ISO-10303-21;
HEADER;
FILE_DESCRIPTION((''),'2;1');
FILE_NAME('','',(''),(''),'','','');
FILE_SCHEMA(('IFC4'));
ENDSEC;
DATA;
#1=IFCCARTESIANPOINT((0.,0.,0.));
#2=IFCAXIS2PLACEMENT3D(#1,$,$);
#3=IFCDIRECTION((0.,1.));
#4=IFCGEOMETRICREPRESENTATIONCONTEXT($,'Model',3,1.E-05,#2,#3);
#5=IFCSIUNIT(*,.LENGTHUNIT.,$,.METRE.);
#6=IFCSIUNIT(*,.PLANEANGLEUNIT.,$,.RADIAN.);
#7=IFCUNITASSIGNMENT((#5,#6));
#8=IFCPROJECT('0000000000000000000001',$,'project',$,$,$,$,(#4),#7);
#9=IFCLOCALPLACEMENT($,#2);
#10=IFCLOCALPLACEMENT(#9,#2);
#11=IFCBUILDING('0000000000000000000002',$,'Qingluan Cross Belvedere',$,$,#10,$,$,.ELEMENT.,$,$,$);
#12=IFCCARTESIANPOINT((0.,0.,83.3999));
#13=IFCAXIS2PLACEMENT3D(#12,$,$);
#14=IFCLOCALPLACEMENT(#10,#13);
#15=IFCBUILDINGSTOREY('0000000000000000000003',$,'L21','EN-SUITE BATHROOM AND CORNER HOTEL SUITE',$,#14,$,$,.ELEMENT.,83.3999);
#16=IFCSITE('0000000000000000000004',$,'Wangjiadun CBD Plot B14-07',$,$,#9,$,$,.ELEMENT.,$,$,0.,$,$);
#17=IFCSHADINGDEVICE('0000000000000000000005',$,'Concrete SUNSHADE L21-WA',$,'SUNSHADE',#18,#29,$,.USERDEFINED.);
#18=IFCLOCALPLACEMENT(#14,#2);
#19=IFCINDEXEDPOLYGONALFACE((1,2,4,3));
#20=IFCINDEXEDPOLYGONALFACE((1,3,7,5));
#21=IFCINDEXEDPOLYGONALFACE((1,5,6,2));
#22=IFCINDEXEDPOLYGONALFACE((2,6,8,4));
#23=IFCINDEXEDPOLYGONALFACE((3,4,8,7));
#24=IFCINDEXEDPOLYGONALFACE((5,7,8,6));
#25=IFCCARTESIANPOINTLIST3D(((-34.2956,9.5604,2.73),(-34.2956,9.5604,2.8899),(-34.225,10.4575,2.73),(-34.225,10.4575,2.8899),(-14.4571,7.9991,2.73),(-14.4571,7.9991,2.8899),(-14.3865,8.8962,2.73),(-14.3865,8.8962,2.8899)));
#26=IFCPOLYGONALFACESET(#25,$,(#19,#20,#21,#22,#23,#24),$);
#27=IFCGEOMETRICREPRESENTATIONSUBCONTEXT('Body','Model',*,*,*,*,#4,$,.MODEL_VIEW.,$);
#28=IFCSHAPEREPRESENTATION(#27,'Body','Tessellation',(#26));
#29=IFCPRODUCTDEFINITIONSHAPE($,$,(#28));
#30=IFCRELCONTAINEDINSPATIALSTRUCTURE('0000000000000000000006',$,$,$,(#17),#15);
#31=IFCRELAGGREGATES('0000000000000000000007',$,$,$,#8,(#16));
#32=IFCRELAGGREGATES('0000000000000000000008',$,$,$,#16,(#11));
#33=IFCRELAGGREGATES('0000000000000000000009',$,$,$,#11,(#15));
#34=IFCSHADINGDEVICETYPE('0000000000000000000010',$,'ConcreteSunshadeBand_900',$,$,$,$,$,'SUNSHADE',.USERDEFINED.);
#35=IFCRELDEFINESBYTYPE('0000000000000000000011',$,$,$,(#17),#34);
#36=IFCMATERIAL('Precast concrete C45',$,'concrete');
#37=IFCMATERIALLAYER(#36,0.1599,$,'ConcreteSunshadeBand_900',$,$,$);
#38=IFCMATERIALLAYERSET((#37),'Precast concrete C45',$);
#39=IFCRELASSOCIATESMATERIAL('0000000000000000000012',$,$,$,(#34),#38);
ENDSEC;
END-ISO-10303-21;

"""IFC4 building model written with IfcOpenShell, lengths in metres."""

from ifc_helpers import new_model, si_unit, direction, frame, origin, origin_2d, place, context, subcontext, project, spatial, rectangle, extrude, material, layer, layer_set, type_object, element, save


model = new_model("IFC4")

# Units and contexts
model_context = context("Model", 3, precision=1e-05, world=origin(), true_north=direction((0.0, 1.0)))
body_context = subcontext(model_context, "Body", "Model", "MODEL_VIEW")
ifc_project = project(units=[si_unit("LENGTHUNIT", "METRE"), si_unit("PLANEANGLEUNIT", "RADIAN")], contexts=[model_context])

# Site, building, storey
site_placement = place(None, origin())
site = spatial("IfcSite", under=ifc_project, at=site_placement, Name="Wangjiadun CBD Plot B14-07", CompositionType="ELEMENT", RefElevation=0.0)
building_placement = place(site_placement, origin())
building = spatial("IfcBuilding", under=site, at=building_placement, Name="Qingluan Cross Belvedere", CompositionType="ELEMENT")
storey_placement = place(building_placement, frame((0.0, 0.0, 83.3999)))
storey = spatial("IfcBuildingStorey", under=building, at=storey_placement, Name="L21", Description="EN-SUITE BATHROOM AND CORNER HOTEL SUITE", CompositionType="ELEMENT", Elevation=83.3999)

# Shading device
ifc_material_1 = material(Name="Precast concrete C45", Category="concrete")
ifc_layer_1 = layer(ifc_material_1, 0.1599, Name="ConcreteSunshadeBand_900")
ifc_layer_set_1 = layer_set([ifc_layer_1], Name="Precast concrete C45")
shading_device_type = type_object("IfcShadingDeviceType", Name="ConcreteSunshadeBand_900", ElementType="SUNSHADE", PredefinedType="USERDEFINED", material=ifc_layer_set_1)
shading_device_placement = place(storey_placement, frame((-24.3411, 9.2283, 2.73), z_axis=(0.0, 0.0, 1.0), x_axis=(-0.996917, 0.078458, 0.0)))
element("IfcShadingDevice", 1, at=shading_device_placement, inside=storey, type_object=shading_device_type, Name="Concrete SUNSHADE L21-WA", ObjectType="SUNSHADE", PredefinedType="USERDEFINED", context=body_context, shape_type="SweptSolid", body=[
    extrude(rectangle(XDim=19.8999, YDim=0.8999, at=origin_2d()), origin(), (0.0, 0.0, 1.0), 0.1599),
])

save(model, "model.ifc")
